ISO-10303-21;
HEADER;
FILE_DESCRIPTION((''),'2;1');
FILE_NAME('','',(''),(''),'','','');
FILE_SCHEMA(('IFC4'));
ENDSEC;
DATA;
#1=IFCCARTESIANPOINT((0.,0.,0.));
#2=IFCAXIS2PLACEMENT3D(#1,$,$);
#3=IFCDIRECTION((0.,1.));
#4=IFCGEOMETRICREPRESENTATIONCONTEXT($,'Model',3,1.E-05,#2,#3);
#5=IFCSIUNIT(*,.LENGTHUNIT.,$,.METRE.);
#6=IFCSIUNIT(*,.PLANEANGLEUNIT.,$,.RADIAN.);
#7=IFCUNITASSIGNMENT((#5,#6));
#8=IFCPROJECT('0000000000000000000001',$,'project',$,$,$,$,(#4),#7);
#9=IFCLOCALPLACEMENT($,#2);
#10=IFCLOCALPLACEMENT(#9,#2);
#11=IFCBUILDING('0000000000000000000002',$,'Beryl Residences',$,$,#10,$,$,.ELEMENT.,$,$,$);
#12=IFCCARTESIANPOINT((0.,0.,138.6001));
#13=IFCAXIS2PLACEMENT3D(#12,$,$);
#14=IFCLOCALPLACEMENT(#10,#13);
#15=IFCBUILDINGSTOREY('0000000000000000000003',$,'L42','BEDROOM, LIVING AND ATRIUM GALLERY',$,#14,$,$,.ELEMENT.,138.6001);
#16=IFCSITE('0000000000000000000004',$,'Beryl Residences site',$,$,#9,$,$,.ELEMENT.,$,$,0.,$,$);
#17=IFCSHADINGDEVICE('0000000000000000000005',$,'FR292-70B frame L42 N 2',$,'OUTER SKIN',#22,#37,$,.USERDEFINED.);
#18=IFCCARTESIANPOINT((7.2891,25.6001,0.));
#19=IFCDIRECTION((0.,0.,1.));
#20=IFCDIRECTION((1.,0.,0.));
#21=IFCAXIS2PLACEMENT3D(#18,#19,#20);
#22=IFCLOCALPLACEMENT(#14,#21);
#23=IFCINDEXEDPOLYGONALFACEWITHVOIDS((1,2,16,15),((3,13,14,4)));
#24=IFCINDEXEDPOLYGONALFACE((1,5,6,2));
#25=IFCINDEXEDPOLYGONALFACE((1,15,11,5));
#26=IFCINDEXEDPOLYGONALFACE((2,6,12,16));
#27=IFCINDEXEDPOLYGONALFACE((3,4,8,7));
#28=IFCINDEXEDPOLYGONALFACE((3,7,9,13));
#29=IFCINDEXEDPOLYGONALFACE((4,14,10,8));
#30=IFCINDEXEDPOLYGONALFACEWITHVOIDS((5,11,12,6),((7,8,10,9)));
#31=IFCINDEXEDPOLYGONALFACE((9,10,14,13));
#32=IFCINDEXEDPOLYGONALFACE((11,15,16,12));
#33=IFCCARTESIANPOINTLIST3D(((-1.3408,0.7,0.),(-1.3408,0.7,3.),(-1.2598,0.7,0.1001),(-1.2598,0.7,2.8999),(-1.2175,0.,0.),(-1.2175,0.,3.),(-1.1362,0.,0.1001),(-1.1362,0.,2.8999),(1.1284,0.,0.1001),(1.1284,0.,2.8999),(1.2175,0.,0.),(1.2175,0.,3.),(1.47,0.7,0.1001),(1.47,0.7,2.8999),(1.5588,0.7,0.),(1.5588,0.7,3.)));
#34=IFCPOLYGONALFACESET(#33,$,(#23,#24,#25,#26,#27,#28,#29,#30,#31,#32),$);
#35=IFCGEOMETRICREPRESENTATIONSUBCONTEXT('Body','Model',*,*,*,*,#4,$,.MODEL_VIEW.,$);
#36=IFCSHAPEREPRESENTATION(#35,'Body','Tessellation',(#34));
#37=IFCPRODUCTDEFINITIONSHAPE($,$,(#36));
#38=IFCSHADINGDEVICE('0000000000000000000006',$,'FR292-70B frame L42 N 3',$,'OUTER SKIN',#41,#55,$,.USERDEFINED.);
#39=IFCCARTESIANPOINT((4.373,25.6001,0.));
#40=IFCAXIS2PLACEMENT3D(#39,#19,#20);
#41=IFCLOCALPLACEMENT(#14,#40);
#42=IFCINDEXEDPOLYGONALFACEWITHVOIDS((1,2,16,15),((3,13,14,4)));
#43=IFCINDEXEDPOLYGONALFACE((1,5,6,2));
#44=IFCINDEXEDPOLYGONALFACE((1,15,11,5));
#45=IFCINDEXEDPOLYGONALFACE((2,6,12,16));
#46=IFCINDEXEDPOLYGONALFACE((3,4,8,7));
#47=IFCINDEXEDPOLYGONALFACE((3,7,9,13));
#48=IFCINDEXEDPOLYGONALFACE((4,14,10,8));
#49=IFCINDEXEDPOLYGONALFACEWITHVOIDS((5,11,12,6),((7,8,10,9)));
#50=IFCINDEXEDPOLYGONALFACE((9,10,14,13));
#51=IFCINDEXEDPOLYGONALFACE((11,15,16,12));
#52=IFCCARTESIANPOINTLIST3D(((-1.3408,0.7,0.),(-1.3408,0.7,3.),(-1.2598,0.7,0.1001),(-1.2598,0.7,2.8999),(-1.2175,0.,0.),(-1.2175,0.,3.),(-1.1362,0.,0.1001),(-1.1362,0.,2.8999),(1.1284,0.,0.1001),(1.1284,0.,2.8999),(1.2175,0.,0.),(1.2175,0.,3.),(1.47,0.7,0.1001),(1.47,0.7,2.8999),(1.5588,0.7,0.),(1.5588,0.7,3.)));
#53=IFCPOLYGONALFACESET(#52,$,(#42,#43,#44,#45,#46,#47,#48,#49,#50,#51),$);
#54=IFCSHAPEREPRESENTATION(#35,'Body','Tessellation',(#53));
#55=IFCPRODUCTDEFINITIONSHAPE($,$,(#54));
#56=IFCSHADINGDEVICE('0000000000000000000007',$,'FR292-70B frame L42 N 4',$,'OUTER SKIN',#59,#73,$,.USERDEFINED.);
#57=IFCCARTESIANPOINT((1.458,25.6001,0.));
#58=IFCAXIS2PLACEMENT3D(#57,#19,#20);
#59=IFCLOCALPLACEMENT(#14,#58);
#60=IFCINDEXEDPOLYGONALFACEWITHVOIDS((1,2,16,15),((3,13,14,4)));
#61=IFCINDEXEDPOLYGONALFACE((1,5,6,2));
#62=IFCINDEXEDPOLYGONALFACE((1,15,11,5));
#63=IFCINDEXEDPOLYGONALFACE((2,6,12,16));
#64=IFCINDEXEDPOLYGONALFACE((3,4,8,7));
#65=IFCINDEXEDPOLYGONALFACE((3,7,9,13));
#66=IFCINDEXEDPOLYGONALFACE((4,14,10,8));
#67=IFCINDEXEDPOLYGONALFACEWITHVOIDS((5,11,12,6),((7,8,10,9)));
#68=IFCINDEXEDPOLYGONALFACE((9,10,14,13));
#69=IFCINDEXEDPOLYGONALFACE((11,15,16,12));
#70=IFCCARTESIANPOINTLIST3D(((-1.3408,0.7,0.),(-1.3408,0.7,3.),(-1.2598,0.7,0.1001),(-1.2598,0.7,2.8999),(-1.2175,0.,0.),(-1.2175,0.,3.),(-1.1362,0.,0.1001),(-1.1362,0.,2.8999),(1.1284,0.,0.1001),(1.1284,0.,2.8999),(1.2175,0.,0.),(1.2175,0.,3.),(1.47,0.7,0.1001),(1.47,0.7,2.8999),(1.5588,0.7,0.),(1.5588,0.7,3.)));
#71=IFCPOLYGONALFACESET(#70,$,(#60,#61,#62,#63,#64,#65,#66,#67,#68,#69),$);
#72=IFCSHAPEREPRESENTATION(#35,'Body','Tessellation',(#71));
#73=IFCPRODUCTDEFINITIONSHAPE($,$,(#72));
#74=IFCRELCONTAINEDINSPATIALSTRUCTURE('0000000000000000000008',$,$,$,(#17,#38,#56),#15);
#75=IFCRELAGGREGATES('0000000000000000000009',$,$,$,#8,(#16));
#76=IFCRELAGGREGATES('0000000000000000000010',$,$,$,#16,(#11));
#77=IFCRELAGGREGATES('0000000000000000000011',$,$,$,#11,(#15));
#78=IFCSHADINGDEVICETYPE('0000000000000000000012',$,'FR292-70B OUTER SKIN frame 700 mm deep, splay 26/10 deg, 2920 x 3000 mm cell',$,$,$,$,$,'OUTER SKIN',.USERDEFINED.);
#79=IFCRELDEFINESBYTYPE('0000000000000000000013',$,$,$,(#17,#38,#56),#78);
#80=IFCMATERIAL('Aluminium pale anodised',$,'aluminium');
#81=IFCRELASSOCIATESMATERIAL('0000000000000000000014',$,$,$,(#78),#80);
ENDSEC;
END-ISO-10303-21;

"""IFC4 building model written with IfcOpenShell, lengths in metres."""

from ifc_helpers import new_model, entity, si_unit, direction, frame, origin, place, context, subcontext, project, spatial, source, transform, mapped, material, type_object, type_shapes, element, save


model = new_model("IFC4")

# Units and contexts
model_context = context("Model", 3, precision=1e-05, world=origin(), true_north=direction((0.0, 1.0)))
body_context = subcontext(model_context, "Body", "Model", "MODEL_VIEW")
ifc_project = project(units=[si_unit("LENGTHUNIT", "METRE"), si_unit("PLANEANGLEUNIT", "RADIAN")], contexts=[model_context])

# Site, building, storey
site_placement = place(None, origin())
site = spatial("IfcSite", under=ifc_project, at=site_placement, Name="Beryl Residences site", CompositionType="ELEMENT", RefElevation=0.0)
building_placement = place(site_placement, origin())
building = spatial("IfcBuilding", under=site, at=building_placement, Name="Beryl Residences", CompositionType="ELEMENT")
storey_placement = place(building_placement, frame((0.0, 0.0, 138.6001)))
storey = spatial("IfcBuildingStorey", under=building, at=storey_placement, Name="L42", Description="BEDROOM, LIVING AND ATRIUM GALLERY", CompositionType="ELEMENT", Elevation=138.6001)

# Shading devices
ifc_material_1 = material(Name="Aluminium pale anodised", Category="aluminium")
shading_device_type = type_object("IfcShadingDeviceType", Name="FR292-70B OUTER SKIN frame 700 mm deep, splay 26/10 deg, 2920 x 3000 mm cell", ElementType="OUTER SKIN", PredefinedType="USERDEFINED", material=ifc_material_1)
cartesian_point_1 = entity("IfcCartesianPoint", [-1.2175, 0.0])
cartesian_point_2 = entity("IfcCartesianPoint", [-1.1284, 0.1001])
cartesian_point_3 = entity("IfcCartesianPoint", [-1.5588, 0.0])
cartesian_point_4 = entity("IfcCartesianPoint", [-1.47, 0.1001])
shared_shape = source(origin(), body_context, "Body", "SweptSolid", [
    entity("IfcExtrudedAreaSolidTapered", entity("IfcArbitraryProfileDefWithVoids", "AREA", None, entity("IfcPolyline", [cartesian_point_1, entity("IfcCartesianPoint", [1.2175, 0.0]), entity("IfcCartesianPoint", [1.2175, 3.0]), entity("IfcCartesianPoint", [-1.2175, 3.0]), cartesian_point_1]), [entity("IfcPolyline", [cartesian_point_2, entity("IfcCartesianPoint", [1.1362, 0.1001]), entity("IfcCartesianPoint", [1.1362, 2.8999]), entity("IfcCartesianPoint", [-1.1284, 2.8999]), cartesian_point_2])]), entity("IfcAxis2Placement3D", entity("IfcCartesianPoint", [0.0, 0.0, 0.0]), entity("IfcDirection", [0.0, 1.0, 0.0]), entity("IfcDirection", [-1.0, 0.0, 0.0])), entity("IfcDirection", [0.0, 0.0, 1.0]), 0.7, entity("IfcArbitraryProfileDefWithVoids", "AREA", None, entity("IfcPolyline", [cartesian_point_3, entity("IfcCartesianPoint", [1.3408, 0.0]), entity("IfcCartesianPoint", [1.3408, 3.0]), entity("IfcCartesianPoint", [-1.5588, 3.0]), cartesian_point_3]), [entity("IfcPolyline", [cartesian_point_4, entity("IfcCartesianPoint", [1.2598, 0.1001]), entity("IfcCartesianPoint", [1.2598, 2.8999]), entity("IfcCartesianPoint", [-1.47, 2.8999]), cartesian_point_4])])),
])
type_shapes(shading_device_type, [shared_shape])
for number, where, z_axis, x_axis, name in (
    (1, (7.2891, 25.6001, 0.0), (0.0, 0.0, 1.0), (1.0, 0.0, 0.0), "FR292-70B frame L42 N 2"),
    (2, (4.373, 25.6001, 0.0), (0.0, 0.0, 1.0), (1.0, 0.0, 0.0), "FR292-70B frame L42 N 3"),
    (3, (1.458, 25.6001, 0.0), (0.0, 0.0, 1.0), (1.0, 0.0, 0.0), "FR292-70B frame L42 N 4"),
):
    element("IfcShadingDevice", number, at=place(storey_placement, frame(where, z_axis=z_axis, x_axis=x_axis)), inside=storey, type_object=shading_device_type, Name=name, ObjectType="OUTER SKIN", PredefinedType="USERDEFINED", context=body_context, shape_type="MappedRepresentation", body=[
        mapped(shared_shape, transform((0.0, 0.0, 0.0))),
    ])

save(model, "model.ifc")
